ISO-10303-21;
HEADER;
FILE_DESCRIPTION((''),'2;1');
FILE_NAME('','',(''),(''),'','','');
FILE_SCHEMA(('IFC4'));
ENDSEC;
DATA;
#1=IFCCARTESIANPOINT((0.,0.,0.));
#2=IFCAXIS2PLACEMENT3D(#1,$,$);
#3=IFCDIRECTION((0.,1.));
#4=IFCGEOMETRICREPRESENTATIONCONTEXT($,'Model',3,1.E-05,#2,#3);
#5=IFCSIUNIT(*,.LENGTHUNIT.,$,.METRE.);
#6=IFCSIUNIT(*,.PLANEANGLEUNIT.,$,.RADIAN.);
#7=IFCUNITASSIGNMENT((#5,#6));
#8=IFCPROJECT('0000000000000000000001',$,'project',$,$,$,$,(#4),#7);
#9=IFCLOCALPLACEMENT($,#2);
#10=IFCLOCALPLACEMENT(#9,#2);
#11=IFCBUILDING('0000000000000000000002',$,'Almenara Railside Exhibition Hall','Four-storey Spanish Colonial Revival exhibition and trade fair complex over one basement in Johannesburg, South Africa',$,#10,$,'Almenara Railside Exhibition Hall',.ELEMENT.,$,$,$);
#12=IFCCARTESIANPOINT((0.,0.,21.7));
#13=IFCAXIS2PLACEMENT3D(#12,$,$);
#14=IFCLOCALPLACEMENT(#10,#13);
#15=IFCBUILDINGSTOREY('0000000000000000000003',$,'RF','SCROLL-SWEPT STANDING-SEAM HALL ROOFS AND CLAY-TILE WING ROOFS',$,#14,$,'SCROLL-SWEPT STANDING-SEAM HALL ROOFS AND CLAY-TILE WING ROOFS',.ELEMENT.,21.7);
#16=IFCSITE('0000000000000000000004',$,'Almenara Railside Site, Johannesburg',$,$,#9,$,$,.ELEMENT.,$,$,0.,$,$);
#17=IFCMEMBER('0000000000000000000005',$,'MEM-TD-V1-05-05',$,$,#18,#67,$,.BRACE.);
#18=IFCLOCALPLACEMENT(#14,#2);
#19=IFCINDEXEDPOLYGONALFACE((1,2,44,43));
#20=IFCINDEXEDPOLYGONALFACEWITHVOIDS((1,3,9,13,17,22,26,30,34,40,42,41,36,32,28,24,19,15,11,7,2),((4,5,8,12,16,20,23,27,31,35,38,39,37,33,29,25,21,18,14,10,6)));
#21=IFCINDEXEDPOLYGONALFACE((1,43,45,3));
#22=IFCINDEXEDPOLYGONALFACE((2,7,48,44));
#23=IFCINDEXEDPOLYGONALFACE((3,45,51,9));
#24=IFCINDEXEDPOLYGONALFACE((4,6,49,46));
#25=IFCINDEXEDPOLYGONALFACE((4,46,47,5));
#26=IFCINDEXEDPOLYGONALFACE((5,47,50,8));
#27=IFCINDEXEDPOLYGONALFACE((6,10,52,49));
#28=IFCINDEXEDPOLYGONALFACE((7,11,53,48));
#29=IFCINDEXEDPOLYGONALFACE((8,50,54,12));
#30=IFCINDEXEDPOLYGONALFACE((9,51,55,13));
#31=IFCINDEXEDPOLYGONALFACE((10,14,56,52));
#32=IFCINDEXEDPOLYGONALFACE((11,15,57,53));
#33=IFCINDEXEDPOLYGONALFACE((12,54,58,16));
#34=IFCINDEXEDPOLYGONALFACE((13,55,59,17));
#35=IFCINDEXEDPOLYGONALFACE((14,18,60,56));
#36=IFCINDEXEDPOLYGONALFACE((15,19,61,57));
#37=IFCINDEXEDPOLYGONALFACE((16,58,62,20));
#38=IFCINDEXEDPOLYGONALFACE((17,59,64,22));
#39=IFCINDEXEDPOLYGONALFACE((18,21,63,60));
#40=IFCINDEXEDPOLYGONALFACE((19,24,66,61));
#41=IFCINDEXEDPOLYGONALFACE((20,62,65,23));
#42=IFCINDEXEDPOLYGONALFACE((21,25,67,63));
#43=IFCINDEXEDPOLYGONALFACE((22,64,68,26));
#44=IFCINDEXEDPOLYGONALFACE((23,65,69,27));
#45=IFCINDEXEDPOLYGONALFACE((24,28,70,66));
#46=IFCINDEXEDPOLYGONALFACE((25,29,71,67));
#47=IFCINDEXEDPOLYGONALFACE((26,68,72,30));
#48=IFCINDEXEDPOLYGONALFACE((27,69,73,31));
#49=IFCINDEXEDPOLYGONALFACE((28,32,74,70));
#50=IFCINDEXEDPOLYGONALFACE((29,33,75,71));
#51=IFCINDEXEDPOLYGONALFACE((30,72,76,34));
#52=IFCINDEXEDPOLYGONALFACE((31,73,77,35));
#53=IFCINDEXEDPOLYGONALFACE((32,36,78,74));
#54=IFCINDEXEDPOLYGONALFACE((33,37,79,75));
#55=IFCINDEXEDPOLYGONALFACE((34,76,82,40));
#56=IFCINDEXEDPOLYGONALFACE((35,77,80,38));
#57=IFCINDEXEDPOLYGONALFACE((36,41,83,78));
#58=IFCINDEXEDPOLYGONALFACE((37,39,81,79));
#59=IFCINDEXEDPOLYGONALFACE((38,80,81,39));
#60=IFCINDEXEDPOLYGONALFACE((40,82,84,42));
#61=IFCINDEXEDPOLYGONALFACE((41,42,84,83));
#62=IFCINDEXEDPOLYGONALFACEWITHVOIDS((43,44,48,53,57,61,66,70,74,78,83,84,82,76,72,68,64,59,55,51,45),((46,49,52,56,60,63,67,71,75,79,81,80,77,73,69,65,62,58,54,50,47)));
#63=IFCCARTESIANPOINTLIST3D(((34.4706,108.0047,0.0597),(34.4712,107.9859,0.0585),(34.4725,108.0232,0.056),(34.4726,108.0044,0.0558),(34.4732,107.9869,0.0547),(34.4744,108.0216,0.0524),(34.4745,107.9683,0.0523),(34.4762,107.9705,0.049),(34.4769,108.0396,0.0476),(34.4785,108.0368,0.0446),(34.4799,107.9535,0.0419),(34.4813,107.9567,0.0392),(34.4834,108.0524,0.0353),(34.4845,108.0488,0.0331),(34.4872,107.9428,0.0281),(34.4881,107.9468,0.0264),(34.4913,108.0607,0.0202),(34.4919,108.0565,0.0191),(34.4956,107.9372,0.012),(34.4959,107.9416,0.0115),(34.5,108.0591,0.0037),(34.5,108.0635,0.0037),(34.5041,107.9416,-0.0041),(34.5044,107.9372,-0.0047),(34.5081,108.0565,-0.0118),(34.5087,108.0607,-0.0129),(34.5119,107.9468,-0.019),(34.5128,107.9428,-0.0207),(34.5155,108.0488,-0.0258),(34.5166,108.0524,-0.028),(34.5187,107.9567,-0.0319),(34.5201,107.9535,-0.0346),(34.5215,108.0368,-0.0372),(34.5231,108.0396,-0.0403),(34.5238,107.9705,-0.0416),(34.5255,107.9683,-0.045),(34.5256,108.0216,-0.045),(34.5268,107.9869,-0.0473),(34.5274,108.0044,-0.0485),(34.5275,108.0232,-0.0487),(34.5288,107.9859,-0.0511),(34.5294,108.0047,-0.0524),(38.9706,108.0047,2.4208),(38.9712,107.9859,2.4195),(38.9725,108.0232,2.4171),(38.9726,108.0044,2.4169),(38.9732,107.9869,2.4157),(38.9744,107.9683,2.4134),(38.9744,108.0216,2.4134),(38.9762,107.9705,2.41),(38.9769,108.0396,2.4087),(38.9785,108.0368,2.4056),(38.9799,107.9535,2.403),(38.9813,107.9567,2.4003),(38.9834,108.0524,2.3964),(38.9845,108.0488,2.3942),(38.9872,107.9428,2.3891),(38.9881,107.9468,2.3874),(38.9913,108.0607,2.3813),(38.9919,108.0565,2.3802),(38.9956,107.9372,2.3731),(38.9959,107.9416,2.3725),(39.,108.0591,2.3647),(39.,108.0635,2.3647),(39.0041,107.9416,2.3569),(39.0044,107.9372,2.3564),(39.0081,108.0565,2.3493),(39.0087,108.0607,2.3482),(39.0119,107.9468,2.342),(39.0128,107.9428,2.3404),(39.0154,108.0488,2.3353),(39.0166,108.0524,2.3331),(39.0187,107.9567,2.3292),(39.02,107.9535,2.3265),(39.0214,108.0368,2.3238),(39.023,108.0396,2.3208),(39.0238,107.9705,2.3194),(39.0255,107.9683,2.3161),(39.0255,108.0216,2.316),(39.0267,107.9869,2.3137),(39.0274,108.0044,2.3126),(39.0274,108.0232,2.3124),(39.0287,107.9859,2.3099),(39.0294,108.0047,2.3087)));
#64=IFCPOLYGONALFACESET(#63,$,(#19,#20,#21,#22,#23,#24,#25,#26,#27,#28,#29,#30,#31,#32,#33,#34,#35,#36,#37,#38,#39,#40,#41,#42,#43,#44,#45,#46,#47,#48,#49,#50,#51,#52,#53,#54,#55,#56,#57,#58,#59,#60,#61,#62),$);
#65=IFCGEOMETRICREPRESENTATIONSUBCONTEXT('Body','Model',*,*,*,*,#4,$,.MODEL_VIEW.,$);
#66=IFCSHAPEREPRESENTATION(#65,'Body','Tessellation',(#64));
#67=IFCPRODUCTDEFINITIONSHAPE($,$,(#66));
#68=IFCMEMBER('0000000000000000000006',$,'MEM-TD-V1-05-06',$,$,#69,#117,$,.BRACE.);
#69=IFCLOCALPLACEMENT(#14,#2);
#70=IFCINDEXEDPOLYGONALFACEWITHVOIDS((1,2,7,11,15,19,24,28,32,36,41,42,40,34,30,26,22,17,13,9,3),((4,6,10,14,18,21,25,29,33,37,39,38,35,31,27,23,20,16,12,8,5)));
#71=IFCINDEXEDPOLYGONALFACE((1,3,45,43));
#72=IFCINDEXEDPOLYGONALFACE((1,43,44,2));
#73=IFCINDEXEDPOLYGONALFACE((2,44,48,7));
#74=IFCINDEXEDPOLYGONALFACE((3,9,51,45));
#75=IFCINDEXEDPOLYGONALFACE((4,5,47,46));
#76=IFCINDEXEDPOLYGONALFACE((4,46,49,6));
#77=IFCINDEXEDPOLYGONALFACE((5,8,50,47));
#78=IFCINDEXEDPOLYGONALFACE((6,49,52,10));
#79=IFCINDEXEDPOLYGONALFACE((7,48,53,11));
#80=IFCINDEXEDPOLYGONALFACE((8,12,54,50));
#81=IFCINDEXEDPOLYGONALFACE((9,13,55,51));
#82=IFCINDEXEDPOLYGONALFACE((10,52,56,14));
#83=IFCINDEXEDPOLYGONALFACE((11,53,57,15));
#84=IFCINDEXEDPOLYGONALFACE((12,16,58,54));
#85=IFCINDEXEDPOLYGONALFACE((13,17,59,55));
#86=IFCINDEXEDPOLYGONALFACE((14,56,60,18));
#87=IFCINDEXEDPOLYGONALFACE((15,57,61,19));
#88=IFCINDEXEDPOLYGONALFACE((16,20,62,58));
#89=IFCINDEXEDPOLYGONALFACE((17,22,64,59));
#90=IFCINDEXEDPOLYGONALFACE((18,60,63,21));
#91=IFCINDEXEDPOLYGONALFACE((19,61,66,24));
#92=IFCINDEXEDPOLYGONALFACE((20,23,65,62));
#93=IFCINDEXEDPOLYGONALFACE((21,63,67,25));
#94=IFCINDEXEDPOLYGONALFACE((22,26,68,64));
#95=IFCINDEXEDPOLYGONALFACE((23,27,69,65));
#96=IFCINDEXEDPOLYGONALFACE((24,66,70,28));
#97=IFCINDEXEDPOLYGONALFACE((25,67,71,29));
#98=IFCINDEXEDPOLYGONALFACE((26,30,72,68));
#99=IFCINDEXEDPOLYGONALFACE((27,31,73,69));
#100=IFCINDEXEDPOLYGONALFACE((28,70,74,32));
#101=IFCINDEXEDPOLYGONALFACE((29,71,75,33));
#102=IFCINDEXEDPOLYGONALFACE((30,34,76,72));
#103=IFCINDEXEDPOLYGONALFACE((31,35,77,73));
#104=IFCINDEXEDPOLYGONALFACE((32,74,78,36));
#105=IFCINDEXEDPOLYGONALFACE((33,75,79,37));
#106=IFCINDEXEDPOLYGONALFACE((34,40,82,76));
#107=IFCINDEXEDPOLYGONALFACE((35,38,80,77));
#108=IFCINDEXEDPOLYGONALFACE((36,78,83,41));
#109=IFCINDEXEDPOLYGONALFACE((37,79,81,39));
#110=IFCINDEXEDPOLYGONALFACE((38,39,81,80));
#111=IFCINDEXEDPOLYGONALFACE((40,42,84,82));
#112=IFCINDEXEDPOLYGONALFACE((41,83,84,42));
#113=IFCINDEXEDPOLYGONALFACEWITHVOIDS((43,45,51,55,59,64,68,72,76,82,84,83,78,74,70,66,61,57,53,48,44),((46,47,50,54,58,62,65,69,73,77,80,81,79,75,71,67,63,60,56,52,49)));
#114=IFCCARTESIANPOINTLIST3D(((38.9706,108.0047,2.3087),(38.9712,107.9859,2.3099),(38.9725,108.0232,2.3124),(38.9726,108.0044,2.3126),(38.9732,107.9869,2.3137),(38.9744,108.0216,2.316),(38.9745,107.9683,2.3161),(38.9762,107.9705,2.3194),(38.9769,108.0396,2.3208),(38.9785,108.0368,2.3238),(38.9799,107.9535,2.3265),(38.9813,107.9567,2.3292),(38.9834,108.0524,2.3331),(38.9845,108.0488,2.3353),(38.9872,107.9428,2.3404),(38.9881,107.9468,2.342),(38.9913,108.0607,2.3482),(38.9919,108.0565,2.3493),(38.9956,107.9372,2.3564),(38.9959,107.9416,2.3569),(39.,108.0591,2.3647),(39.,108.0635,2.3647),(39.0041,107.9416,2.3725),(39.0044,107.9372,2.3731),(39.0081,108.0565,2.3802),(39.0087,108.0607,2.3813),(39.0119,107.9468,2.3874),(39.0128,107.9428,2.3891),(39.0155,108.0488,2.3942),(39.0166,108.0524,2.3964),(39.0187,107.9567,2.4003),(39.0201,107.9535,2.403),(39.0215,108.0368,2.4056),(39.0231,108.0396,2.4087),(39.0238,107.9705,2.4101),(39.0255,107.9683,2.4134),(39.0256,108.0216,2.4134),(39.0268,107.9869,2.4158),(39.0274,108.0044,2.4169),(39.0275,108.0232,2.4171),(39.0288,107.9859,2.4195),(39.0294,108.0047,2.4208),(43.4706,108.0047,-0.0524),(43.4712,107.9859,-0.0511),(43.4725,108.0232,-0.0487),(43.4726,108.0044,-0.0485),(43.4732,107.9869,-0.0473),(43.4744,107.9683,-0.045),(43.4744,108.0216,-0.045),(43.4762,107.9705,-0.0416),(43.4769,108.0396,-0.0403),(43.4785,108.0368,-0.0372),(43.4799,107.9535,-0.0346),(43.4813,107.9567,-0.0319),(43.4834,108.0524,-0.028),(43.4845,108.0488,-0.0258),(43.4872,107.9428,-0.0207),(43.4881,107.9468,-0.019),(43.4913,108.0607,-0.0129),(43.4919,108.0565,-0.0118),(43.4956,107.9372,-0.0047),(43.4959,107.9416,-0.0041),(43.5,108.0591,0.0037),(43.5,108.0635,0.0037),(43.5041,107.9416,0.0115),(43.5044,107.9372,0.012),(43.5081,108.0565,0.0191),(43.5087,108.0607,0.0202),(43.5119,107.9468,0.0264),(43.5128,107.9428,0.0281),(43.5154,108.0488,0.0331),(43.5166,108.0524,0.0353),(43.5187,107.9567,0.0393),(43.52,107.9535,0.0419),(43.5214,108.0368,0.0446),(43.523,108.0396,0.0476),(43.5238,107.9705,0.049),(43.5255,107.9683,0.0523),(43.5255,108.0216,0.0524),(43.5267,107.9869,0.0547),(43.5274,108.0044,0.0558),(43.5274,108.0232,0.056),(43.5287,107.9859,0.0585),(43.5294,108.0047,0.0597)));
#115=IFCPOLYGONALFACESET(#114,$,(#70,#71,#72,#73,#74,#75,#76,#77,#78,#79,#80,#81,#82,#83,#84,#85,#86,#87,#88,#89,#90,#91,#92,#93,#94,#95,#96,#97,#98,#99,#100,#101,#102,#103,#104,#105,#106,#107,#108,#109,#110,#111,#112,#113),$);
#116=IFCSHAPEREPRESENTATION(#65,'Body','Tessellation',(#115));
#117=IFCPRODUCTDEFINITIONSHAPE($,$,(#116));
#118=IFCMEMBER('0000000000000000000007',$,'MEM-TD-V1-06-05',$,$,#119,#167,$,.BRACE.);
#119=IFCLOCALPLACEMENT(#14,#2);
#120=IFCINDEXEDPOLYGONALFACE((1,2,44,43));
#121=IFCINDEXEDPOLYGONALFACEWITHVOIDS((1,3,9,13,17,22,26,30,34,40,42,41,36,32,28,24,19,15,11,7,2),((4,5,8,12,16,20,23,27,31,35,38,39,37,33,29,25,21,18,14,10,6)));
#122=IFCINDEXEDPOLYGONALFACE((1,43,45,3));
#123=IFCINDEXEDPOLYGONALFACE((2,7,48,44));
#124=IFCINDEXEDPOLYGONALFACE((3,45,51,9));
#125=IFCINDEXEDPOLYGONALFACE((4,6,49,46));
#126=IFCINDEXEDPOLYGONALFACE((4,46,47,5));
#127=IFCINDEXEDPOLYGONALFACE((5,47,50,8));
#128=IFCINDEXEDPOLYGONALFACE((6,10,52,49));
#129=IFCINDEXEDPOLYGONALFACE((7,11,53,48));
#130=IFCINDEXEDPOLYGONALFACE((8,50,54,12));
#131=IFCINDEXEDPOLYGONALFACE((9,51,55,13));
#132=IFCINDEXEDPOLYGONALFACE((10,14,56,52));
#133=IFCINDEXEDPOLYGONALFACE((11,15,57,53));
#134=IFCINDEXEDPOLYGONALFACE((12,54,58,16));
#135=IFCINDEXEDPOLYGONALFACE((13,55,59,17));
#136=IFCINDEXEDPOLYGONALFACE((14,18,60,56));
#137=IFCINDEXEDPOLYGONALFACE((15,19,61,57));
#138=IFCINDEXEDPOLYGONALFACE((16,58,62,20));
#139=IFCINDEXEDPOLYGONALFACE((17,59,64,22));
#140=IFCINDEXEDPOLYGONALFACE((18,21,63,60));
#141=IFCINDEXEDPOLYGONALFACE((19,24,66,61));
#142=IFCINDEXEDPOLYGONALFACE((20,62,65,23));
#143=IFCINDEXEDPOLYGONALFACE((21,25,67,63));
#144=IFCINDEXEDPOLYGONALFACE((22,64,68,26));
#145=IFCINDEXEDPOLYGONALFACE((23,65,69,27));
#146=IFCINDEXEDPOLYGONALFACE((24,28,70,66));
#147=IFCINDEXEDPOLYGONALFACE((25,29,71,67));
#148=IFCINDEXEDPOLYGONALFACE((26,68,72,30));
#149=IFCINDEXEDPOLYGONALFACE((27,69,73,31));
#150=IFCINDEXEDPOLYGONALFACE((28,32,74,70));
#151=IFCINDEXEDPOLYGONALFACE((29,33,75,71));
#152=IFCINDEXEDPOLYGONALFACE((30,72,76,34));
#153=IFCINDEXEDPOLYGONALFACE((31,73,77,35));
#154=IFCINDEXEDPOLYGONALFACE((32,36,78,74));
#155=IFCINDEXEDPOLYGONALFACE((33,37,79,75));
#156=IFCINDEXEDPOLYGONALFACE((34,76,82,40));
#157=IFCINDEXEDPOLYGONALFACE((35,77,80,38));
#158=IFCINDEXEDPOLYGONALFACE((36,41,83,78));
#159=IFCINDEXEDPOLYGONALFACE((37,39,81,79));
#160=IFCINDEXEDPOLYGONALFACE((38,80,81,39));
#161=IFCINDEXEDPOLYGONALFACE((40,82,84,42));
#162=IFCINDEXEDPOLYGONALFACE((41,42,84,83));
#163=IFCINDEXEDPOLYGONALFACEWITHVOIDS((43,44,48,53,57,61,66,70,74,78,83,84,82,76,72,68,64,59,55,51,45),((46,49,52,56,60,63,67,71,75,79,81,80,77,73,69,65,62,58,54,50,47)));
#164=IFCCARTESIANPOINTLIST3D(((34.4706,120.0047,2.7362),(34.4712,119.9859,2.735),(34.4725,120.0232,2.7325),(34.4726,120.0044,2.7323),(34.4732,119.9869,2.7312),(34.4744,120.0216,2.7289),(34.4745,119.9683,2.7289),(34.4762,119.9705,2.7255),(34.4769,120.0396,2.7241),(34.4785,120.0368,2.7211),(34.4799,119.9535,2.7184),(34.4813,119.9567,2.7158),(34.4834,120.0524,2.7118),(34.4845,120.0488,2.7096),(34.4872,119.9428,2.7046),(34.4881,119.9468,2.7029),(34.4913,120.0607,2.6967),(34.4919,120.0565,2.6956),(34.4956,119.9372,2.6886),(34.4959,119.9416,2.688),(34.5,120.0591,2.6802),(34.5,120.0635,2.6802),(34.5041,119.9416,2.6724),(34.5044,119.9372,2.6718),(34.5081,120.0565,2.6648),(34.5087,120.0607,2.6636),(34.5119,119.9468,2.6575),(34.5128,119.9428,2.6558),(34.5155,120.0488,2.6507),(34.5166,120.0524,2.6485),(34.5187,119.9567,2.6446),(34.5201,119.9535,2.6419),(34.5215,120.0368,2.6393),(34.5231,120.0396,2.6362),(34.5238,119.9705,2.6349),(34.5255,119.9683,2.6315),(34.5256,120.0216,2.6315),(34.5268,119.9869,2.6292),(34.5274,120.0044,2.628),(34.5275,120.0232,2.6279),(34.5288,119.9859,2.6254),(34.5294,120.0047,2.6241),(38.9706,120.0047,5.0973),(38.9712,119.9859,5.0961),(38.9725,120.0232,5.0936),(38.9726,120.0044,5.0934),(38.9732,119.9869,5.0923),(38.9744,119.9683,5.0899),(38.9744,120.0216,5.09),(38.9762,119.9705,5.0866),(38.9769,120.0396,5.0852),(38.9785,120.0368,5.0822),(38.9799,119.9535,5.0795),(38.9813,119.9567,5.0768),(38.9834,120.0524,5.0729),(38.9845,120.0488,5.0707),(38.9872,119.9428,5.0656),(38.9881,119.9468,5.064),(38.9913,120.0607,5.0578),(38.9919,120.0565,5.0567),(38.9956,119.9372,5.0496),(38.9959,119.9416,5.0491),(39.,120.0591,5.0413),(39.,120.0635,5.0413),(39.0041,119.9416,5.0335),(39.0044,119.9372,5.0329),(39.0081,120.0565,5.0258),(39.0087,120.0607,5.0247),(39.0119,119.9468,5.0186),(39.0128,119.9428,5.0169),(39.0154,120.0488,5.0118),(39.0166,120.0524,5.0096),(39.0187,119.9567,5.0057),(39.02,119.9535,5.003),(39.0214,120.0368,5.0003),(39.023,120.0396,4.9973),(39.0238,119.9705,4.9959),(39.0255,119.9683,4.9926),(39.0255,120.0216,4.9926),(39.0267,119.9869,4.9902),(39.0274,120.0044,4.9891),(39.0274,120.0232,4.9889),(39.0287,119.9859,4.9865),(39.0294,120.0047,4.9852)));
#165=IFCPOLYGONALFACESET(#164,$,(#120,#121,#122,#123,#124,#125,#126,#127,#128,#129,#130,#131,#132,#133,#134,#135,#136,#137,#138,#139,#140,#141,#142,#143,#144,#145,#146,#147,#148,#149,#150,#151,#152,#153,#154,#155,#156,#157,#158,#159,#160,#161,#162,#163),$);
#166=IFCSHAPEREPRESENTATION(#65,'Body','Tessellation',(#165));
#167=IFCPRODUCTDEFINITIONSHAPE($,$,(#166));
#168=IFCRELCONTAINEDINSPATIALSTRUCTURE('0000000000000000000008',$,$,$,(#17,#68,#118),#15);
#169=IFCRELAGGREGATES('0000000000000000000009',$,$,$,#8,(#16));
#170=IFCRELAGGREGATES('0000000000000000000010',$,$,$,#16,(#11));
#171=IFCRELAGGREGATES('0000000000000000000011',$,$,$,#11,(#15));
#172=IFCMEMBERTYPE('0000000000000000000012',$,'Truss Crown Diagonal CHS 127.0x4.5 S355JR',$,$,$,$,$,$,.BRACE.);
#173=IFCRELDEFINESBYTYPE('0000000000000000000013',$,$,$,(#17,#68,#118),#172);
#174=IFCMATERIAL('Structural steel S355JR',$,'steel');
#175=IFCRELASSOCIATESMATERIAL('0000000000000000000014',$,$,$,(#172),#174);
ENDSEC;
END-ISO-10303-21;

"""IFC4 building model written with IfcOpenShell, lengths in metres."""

from ifc_helpers import new_model, si_unit, direction, frame, origin, origin_2d, place, context, subcontext, project, spatial, hollow_circle, extrude, material, material_profile, profile_set, type_object, element, save


model = new_model("IFC4")

# Units and contexts
model_context = context("Model", 3, precision=1e-05, world=origin(), true_north=direction((0.0, 1.0)))
body_context = subcontext(model_context, "Body", "Model", "MODEL_VIEW")
ifc_project = project(units=[si_unit("LENGTHUNIT", "METRE"), si_unit("PLANEANGLEUNIT", "RADIAN")], contexts=[model_context])

# Site, building, storey
site_placement = place(None, origin())
site = spatial("IfcSite", under=ifc_project, at=site_placement, Name="Almenara Railside Site, Johannesburg", CompositionType="ELEMENT", RefElevation=0.0)
building_placement = place(site_placement, origin())
building = spatial("IfcBuilding", under=site, at=building_placement, Name="Almenara Railside Exhibition Hall", Description="Four-storey Spanish Colonial Revival exhibition and trade fair complex over one basement in Johannesburg, South Africa", LongName="Almenara Railside Exhibition Hall", CompositionType="ELEMENT")
storey_placement = place(building_placement, frame((0.0, 0.0, 21.7)))
storey = spatial("IfcBuildingStorey", under=building, at=storey_placement, Name="RF", Description="SCROLL-SWEPT STANDING-SEAM HALL ROOFS AND CLAY-TILE WING ROOFS", LongName="SCROLL-SWEPT STANDING-SEAM HALL ROOFS AND CLAY-TILE WING ROOFS", CompositionType="ELEMENT", Elevation=21.7)

# Members
ifc_material_1 = material(Name="Structural steel S355JR", Category="steel")
ifc_material_profile_1 = material_profile(ifc_material_1, hollow_circle(Radius=0.0635, WallThickness=0.0044, at=origin_2d()), Name="CHS 127.0x4.5")
ifc_profile_set_1 = profile_set([ifc_material_profile_1], Name="Structural steel S355JR")
member_type_1 = type_object("IfcMemberType", Name="Truss Crown Diagonal CHS 127.0x4.5 S355JR", PredefinedType="BRACE", material=ifc_profile_set_1)
for number, where, z_axis, x_axis, name in (
    (1, (34.5, 108.0, 0.0037), (0.885513, 0.0, 0.464615), (0.0, 1.0, 0.0), "MEM-TD-V1-05-05"),
    (2, (39.0, 108.0, 2.3647), (0.885513, 0.0, -0.464615), (0.0, 1.0, 0.0), "MEM-TD-V1-05-06"),
    (3, (34.5, 120.0, 2.6802), (0.885513, 0.0, 0.464615), (0.0, 1.0, 0.0), "MEM-TD-V1-06-05"),
):
    element("IfcMember", number, at=place(storey_placement, frame(where, z_axis=z_axis, x_axis=x_axis)), inside=storey, type_object=member_type_1, Name=name, PredefinedType="BRACE", context=body_context, shape_type="SweptSolid", body=[
        extrude(hollow_circle(Radius=0.0635, WallThickness=0.0044, at=origin_2d()), origin(), (0.0, 0.0, 1.0), 5.0818),
    ])

save(model, "model.ifc")
